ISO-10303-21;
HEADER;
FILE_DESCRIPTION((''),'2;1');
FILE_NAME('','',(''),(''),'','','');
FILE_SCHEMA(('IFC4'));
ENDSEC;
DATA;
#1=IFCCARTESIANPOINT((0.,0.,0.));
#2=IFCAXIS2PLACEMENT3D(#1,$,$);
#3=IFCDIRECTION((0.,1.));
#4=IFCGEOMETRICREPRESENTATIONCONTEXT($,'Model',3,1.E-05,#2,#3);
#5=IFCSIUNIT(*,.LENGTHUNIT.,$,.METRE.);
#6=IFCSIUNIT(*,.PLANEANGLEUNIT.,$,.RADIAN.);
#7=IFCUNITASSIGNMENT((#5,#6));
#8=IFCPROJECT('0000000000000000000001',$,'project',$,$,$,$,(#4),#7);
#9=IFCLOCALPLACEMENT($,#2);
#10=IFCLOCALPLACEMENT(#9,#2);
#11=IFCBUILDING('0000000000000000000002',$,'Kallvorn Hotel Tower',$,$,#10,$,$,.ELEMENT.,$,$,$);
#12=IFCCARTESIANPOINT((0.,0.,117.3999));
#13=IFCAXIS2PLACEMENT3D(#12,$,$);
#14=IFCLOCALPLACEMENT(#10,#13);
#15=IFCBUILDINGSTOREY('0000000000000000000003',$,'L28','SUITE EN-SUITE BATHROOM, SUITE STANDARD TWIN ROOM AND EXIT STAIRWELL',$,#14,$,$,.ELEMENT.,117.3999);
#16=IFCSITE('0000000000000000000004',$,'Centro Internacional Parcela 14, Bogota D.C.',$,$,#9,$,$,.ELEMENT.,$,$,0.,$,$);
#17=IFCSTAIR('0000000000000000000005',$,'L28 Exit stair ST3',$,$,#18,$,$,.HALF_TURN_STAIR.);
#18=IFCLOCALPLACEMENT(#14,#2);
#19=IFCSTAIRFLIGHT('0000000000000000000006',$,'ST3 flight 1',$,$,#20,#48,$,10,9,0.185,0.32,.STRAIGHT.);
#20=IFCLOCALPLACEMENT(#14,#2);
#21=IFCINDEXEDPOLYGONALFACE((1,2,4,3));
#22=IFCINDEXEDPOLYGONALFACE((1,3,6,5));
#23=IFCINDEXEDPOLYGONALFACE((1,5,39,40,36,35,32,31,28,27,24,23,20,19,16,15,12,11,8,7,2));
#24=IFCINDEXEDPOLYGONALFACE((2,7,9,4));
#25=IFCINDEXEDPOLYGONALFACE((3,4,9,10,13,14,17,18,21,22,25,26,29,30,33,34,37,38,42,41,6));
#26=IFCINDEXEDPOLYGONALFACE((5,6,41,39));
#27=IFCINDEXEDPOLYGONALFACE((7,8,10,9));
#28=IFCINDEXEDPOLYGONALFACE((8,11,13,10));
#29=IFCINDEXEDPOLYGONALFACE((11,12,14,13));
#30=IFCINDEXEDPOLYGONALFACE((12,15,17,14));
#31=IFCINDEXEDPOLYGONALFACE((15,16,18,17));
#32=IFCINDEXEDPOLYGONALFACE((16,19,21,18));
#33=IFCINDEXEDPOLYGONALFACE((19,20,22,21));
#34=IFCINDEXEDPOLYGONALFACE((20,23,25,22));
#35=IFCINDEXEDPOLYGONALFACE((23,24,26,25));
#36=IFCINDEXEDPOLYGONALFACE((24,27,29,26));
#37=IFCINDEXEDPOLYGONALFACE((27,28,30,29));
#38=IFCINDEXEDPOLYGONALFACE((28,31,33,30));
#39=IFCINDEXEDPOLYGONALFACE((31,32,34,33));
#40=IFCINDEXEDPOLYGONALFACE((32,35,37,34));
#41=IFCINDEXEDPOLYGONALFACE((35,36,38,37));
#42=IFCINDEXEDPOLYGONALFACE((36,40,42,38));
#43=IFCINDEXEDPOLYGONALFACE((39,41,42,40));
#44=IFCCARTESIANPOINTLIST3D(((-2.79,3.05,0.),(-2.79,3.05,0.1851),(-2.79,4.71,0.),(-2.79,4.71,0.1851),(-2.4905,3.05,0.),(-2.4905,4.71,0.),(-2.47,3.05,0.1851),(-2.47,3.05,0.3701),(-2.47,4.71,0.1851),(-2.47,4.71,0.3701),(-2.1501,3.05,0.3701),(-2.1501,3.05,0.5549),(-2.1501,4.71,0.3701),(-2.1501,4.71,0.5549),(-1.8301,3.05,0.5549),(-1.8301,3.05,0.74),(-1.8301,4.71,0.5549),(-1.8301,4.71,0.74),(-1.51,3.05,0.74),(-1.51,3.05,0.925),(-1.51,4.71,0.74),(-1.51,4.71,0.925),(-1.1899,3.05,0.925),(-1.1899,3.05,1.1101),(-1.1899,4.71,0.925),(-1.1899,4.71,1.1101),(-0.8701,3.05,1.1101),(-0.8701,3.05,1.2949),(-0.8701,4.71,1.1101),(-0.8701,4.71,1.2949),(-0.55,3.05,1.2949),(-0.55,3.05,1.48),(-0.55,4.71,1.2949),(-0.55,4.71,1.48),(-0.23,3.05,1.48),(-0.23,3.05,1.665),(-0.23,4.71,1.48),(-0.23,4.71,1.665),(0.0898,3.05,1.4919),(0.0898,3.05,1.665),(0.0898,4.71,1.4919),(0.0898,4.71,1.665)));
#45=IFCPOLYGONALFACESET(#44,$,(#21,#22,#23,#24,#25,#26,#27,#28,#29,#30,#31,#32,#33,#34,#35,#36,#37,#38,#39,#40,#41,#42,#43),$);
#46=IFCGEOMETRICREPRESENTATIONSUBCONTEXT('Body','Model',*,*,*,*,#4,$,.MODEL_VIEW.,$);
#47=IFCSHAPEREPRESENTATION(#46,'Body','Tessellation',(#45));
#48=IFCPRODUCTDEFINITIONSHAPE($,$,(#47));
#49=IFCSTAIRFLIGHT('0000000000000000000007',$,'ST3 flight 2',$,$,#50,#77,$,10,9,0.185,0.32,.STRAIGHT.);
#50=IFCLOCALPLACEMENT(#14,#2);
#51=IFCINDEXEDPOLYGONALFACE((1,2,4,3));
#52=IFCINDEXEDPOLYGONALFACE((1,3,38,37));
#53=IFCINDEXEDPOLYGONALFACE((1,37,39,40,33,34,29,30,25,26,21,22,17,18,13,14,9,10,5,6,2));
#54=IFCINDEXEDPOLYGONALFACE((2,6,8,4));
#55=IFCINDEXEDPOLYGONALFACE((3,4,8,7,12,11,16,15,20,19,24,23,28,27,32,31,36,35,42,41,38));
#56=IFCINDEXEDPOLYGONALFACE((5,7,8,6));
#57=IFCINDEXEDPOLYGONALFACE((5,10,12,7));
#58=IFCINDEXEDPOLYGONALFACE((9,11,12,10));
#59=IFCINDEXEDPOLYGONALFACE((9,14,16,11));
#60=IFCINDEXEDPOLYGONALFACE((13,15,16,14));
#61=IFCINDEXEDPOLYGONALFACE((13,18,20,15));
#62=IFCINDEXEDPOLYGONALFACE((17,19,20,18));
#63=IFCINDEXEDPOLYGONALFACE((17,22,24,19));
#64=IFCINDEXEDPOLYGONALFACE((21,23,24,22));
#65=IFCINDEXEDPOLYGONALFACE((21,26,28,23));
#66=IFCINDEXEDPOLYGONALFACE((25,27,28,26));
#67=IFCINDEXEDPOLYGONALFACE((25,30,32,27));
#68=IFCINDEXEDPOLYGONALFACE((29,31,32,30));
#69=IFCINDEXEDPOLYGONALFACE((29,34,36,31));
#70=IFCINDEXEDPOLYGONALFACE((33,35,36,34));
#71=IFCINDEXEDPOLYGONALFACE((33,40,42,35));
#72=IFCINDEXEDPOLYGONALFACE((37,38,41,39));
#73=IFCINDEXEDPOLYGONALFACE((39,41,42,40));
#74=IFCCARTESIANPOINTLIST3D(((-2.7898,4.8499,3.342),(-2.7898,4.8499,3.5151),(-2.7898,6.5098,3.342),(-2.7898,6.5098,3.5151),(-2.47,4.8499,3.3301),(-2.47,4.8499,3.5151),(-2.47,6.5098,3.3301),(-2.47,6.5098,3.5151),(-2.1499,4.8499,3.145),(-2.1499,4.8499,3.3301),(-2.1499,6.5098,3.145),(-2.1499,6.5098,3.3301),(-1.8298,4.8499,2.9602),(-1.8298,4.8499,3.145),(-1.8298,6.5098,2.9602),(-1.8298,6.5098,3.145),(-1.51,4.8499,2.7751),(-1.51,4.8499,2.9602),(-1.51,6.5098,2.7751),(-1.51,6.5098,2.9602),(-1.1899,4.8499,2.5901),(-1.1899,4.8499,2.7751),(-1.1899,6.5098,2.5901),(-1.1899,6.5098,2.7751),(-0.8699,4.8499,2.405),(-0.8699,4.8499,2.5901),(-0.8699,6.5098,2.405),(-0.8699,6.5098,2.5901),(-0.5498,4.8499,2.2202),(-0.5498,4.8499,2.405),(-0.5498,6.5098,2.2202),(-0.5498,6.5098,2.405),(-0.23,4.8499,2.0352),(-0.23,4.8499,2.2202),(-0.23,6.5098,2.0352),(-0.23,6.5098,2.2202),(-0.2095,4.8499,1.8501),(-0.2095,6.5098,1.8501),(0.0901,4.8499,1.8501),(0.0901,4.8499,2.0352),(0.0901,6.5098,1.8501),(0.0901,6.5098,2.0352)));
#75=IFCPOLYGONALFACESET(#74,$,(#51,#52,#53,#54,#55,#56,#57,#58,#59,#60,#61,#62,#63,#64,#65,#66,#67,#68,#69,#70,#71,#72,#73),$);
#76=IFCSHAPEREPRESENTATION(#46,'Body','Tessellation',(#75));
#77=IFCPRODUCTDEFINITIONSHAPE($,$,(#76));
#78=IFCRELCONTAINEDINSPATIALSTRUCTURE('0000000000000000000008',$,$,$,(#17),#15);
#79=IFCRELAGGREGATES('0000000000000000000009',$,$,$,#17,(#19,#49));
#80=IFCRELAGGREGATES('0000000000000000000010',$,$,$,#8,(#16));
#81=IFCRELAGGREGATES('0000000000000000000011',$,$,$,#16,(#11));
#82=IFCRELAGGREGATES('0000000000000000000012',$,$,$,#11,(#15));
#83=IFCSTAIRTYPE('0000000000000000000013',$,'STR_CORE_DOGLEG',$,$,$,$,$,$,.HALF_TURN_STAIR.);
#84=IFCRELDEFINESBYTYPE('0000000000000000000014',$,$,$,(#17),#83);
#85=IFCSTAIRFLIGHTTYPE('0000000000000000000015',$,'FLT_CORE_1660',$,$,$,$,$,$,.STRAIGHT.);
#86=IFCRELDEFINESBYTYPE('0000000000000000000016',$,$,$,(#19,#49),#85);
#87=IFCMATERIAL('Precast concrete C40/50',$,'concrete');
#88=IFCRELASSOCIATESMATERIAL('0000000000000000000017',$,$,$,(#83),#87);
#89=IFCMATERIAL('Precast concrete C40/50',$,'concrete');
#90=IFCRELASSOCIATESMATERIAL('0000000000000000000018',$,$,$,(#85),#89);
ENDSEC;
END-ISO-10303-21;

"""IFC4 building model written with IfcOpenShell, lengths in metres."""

from ifc_helpers import new_model, si_unit, direction, frame, origin, place, context, subcontext, project, spatial, polyline, outline, extrude, material, type_object, element, aggregate, save


model = new_model("IFC4")

# Units and contexts
model_context = context("Model", 3, precision=1e-05, world=origin(), true_north=direction((0.0, 1.0)))
body_context = subcontext(model_context, "Body", "Model", "MODEL_VIEW")
ifc_project = project(units=[si_unit("LENGTHUNIT", "METRE"), si_unit("PLANEANGLEUNIT", "RADIAN")], contexts=[model_context])

# Site, building, storey
site_placement = place(None, origin())
site = spatial("IfcSite", under=ifc_project, at=site_placement, Name="Centro Internacional Parcela 14, Bogota D.C.", CompositionType="ELEMENT", RefElevation=0.0)
building_placement = place(site_placement, origin())
building = spatial("IfcBuilding", under=site, at=building_placement, Name="Kallvorn Hotel Tower", CompositionType="ELEMENT")
storey_placement = place(building_placement, frame((0.0, 0.0, 117.3999)))
storey = spatial("IfcBuildingStorey", under=building, at=storey_placement, Name="L28", Description="SUITE EN-SUITE BATHROOM, SUITE STANDARD TWIN ROOM AND EXIT STAIRWELL", CompositionType="ELEMENT", Elevation=117.3999)

# Stair, stair flights
ifc_material_1 = material(Name="Precast concrete C40/50", Category="concrete")
stair_type = type_object("IfcStairType", Name="STR_CORE_DOGLEG", PredefinedType="HALF_TURN_STAIR", material=ifc_material_1)
stair_placement = place(storey_placement, origin())
stair = element("IfcStair", 1, at=stair_placement, inside=storey, type_object=stair_type, Name="L28 Exit stair ST3", PredefinedType="HALF_TURN_STAIR")
ifc_material_2 = material(Name="Precast concrete C40/50", Category="concrete")
stair_flight_type = type_object("IfcStairFlightType", Name="FLT_CORE_1660", PredefinedType="STRAIGHT", material=ifc_material_2)
stair_flight_1_placement = place(storey_placement, frame((-2.79, 3.8799, 0.0), z_axis=(0.0, 0.0, 1.0), x_axis=(1.0, 0.0, 0.0)))
stair_flight_1 = element("IfcStairFlight", 2, at=stair_flight_1_placement, type_object=stair_flight_type, Name="ST3 flight 1", NumberOfRisers=10, NumberOfTreads=9, PredefinedType="STRAIGHT", RiserHeight=0.185, TreadLength=0.32, context=body_context, shape_type="SweptSolid", body=[
    extrude(outline(polyline([(0.0, 0.0), (0.0, 0.1851), (0.3201, 0.1851), (0.3201, 0.3701), (0.6399, 0.3701), (0.6399, 0.5549), (0.96, 0.5549), (0.96, 0.74), (1.28, 0.74), (1.28, 0.925), (1.6001, 0.925), (1.6001, 1.1101), (1.9199, 1.1101), (1.9199, 1.2949), (2.24, 1.2949), (2.24, 1.48), (2.5601, 1.48), (2.5601, 1.665), (2.8799, 1.665), (2.8799, 1.8501), (2.8799, 1.4919), (0.2996, 0.0), (0.0, 0.0)])), frame((0.0, 0.8301, 0.0), z_axis=(0.0, -1.0, 0.0), x_axis=(1.0, 0.0, 0.0)), (0.0, 0.0, 1.0), 1.6599),
])
stair_flight_2_placement = place(storey_placement, frame((0.0901, 5.6799, 1.8501), z_axis=(0.0, 0.0, 1.0), x_axis=(-1.0, 0.0, 0.0)))
stair_flight_2 = element("IfcStairFlight", 3, at=stair_flight_2_placement, type_object=stair_flight_type, Name="ST3 flight 2", NumberOfRisers=10, NumberOfTreads=9, PredefinedType="STRAIGHT", RiserHeight=0.185, TreadLength=0.32, context=body_context, shape_type="SweptSolid", body=[
    extrude(outline(polyline([(0.0, 0.0), (0.0, 0.1851), (0.3201, 0.1851), (0.3201, 0.3701), (0.6399, 0.3701), (0.6399, 0.5549), (0.96, 0.5549), (0.96, 0.74), (1.28, 0.74), (1.28, 0.925), (1.6001, 0.925), (1.6001, 1.1101), (1.9199, 1.1101), (1.9199, 1.2949), (2.24, 1.2949), (2.24, 1.48), (2.5601, 1.48), (2.5601, 1.665), (2.8799, 1.665), (2.8799, 1.8501), (2.8799, 1.4919), (0.2996, 0.0), (0.0, 0.0)])), frame((0.0, 0.8301, 0.0), z_axis=(0.0, -1.0, 0.0), x_axis=(1.0, 0.0, 0.0)), (0.0, 0.0, 1.0), 1.6599),
])
aggregate(stair, [stair_flight_1, stair_flight_2])

save(model, "model.ifc")
